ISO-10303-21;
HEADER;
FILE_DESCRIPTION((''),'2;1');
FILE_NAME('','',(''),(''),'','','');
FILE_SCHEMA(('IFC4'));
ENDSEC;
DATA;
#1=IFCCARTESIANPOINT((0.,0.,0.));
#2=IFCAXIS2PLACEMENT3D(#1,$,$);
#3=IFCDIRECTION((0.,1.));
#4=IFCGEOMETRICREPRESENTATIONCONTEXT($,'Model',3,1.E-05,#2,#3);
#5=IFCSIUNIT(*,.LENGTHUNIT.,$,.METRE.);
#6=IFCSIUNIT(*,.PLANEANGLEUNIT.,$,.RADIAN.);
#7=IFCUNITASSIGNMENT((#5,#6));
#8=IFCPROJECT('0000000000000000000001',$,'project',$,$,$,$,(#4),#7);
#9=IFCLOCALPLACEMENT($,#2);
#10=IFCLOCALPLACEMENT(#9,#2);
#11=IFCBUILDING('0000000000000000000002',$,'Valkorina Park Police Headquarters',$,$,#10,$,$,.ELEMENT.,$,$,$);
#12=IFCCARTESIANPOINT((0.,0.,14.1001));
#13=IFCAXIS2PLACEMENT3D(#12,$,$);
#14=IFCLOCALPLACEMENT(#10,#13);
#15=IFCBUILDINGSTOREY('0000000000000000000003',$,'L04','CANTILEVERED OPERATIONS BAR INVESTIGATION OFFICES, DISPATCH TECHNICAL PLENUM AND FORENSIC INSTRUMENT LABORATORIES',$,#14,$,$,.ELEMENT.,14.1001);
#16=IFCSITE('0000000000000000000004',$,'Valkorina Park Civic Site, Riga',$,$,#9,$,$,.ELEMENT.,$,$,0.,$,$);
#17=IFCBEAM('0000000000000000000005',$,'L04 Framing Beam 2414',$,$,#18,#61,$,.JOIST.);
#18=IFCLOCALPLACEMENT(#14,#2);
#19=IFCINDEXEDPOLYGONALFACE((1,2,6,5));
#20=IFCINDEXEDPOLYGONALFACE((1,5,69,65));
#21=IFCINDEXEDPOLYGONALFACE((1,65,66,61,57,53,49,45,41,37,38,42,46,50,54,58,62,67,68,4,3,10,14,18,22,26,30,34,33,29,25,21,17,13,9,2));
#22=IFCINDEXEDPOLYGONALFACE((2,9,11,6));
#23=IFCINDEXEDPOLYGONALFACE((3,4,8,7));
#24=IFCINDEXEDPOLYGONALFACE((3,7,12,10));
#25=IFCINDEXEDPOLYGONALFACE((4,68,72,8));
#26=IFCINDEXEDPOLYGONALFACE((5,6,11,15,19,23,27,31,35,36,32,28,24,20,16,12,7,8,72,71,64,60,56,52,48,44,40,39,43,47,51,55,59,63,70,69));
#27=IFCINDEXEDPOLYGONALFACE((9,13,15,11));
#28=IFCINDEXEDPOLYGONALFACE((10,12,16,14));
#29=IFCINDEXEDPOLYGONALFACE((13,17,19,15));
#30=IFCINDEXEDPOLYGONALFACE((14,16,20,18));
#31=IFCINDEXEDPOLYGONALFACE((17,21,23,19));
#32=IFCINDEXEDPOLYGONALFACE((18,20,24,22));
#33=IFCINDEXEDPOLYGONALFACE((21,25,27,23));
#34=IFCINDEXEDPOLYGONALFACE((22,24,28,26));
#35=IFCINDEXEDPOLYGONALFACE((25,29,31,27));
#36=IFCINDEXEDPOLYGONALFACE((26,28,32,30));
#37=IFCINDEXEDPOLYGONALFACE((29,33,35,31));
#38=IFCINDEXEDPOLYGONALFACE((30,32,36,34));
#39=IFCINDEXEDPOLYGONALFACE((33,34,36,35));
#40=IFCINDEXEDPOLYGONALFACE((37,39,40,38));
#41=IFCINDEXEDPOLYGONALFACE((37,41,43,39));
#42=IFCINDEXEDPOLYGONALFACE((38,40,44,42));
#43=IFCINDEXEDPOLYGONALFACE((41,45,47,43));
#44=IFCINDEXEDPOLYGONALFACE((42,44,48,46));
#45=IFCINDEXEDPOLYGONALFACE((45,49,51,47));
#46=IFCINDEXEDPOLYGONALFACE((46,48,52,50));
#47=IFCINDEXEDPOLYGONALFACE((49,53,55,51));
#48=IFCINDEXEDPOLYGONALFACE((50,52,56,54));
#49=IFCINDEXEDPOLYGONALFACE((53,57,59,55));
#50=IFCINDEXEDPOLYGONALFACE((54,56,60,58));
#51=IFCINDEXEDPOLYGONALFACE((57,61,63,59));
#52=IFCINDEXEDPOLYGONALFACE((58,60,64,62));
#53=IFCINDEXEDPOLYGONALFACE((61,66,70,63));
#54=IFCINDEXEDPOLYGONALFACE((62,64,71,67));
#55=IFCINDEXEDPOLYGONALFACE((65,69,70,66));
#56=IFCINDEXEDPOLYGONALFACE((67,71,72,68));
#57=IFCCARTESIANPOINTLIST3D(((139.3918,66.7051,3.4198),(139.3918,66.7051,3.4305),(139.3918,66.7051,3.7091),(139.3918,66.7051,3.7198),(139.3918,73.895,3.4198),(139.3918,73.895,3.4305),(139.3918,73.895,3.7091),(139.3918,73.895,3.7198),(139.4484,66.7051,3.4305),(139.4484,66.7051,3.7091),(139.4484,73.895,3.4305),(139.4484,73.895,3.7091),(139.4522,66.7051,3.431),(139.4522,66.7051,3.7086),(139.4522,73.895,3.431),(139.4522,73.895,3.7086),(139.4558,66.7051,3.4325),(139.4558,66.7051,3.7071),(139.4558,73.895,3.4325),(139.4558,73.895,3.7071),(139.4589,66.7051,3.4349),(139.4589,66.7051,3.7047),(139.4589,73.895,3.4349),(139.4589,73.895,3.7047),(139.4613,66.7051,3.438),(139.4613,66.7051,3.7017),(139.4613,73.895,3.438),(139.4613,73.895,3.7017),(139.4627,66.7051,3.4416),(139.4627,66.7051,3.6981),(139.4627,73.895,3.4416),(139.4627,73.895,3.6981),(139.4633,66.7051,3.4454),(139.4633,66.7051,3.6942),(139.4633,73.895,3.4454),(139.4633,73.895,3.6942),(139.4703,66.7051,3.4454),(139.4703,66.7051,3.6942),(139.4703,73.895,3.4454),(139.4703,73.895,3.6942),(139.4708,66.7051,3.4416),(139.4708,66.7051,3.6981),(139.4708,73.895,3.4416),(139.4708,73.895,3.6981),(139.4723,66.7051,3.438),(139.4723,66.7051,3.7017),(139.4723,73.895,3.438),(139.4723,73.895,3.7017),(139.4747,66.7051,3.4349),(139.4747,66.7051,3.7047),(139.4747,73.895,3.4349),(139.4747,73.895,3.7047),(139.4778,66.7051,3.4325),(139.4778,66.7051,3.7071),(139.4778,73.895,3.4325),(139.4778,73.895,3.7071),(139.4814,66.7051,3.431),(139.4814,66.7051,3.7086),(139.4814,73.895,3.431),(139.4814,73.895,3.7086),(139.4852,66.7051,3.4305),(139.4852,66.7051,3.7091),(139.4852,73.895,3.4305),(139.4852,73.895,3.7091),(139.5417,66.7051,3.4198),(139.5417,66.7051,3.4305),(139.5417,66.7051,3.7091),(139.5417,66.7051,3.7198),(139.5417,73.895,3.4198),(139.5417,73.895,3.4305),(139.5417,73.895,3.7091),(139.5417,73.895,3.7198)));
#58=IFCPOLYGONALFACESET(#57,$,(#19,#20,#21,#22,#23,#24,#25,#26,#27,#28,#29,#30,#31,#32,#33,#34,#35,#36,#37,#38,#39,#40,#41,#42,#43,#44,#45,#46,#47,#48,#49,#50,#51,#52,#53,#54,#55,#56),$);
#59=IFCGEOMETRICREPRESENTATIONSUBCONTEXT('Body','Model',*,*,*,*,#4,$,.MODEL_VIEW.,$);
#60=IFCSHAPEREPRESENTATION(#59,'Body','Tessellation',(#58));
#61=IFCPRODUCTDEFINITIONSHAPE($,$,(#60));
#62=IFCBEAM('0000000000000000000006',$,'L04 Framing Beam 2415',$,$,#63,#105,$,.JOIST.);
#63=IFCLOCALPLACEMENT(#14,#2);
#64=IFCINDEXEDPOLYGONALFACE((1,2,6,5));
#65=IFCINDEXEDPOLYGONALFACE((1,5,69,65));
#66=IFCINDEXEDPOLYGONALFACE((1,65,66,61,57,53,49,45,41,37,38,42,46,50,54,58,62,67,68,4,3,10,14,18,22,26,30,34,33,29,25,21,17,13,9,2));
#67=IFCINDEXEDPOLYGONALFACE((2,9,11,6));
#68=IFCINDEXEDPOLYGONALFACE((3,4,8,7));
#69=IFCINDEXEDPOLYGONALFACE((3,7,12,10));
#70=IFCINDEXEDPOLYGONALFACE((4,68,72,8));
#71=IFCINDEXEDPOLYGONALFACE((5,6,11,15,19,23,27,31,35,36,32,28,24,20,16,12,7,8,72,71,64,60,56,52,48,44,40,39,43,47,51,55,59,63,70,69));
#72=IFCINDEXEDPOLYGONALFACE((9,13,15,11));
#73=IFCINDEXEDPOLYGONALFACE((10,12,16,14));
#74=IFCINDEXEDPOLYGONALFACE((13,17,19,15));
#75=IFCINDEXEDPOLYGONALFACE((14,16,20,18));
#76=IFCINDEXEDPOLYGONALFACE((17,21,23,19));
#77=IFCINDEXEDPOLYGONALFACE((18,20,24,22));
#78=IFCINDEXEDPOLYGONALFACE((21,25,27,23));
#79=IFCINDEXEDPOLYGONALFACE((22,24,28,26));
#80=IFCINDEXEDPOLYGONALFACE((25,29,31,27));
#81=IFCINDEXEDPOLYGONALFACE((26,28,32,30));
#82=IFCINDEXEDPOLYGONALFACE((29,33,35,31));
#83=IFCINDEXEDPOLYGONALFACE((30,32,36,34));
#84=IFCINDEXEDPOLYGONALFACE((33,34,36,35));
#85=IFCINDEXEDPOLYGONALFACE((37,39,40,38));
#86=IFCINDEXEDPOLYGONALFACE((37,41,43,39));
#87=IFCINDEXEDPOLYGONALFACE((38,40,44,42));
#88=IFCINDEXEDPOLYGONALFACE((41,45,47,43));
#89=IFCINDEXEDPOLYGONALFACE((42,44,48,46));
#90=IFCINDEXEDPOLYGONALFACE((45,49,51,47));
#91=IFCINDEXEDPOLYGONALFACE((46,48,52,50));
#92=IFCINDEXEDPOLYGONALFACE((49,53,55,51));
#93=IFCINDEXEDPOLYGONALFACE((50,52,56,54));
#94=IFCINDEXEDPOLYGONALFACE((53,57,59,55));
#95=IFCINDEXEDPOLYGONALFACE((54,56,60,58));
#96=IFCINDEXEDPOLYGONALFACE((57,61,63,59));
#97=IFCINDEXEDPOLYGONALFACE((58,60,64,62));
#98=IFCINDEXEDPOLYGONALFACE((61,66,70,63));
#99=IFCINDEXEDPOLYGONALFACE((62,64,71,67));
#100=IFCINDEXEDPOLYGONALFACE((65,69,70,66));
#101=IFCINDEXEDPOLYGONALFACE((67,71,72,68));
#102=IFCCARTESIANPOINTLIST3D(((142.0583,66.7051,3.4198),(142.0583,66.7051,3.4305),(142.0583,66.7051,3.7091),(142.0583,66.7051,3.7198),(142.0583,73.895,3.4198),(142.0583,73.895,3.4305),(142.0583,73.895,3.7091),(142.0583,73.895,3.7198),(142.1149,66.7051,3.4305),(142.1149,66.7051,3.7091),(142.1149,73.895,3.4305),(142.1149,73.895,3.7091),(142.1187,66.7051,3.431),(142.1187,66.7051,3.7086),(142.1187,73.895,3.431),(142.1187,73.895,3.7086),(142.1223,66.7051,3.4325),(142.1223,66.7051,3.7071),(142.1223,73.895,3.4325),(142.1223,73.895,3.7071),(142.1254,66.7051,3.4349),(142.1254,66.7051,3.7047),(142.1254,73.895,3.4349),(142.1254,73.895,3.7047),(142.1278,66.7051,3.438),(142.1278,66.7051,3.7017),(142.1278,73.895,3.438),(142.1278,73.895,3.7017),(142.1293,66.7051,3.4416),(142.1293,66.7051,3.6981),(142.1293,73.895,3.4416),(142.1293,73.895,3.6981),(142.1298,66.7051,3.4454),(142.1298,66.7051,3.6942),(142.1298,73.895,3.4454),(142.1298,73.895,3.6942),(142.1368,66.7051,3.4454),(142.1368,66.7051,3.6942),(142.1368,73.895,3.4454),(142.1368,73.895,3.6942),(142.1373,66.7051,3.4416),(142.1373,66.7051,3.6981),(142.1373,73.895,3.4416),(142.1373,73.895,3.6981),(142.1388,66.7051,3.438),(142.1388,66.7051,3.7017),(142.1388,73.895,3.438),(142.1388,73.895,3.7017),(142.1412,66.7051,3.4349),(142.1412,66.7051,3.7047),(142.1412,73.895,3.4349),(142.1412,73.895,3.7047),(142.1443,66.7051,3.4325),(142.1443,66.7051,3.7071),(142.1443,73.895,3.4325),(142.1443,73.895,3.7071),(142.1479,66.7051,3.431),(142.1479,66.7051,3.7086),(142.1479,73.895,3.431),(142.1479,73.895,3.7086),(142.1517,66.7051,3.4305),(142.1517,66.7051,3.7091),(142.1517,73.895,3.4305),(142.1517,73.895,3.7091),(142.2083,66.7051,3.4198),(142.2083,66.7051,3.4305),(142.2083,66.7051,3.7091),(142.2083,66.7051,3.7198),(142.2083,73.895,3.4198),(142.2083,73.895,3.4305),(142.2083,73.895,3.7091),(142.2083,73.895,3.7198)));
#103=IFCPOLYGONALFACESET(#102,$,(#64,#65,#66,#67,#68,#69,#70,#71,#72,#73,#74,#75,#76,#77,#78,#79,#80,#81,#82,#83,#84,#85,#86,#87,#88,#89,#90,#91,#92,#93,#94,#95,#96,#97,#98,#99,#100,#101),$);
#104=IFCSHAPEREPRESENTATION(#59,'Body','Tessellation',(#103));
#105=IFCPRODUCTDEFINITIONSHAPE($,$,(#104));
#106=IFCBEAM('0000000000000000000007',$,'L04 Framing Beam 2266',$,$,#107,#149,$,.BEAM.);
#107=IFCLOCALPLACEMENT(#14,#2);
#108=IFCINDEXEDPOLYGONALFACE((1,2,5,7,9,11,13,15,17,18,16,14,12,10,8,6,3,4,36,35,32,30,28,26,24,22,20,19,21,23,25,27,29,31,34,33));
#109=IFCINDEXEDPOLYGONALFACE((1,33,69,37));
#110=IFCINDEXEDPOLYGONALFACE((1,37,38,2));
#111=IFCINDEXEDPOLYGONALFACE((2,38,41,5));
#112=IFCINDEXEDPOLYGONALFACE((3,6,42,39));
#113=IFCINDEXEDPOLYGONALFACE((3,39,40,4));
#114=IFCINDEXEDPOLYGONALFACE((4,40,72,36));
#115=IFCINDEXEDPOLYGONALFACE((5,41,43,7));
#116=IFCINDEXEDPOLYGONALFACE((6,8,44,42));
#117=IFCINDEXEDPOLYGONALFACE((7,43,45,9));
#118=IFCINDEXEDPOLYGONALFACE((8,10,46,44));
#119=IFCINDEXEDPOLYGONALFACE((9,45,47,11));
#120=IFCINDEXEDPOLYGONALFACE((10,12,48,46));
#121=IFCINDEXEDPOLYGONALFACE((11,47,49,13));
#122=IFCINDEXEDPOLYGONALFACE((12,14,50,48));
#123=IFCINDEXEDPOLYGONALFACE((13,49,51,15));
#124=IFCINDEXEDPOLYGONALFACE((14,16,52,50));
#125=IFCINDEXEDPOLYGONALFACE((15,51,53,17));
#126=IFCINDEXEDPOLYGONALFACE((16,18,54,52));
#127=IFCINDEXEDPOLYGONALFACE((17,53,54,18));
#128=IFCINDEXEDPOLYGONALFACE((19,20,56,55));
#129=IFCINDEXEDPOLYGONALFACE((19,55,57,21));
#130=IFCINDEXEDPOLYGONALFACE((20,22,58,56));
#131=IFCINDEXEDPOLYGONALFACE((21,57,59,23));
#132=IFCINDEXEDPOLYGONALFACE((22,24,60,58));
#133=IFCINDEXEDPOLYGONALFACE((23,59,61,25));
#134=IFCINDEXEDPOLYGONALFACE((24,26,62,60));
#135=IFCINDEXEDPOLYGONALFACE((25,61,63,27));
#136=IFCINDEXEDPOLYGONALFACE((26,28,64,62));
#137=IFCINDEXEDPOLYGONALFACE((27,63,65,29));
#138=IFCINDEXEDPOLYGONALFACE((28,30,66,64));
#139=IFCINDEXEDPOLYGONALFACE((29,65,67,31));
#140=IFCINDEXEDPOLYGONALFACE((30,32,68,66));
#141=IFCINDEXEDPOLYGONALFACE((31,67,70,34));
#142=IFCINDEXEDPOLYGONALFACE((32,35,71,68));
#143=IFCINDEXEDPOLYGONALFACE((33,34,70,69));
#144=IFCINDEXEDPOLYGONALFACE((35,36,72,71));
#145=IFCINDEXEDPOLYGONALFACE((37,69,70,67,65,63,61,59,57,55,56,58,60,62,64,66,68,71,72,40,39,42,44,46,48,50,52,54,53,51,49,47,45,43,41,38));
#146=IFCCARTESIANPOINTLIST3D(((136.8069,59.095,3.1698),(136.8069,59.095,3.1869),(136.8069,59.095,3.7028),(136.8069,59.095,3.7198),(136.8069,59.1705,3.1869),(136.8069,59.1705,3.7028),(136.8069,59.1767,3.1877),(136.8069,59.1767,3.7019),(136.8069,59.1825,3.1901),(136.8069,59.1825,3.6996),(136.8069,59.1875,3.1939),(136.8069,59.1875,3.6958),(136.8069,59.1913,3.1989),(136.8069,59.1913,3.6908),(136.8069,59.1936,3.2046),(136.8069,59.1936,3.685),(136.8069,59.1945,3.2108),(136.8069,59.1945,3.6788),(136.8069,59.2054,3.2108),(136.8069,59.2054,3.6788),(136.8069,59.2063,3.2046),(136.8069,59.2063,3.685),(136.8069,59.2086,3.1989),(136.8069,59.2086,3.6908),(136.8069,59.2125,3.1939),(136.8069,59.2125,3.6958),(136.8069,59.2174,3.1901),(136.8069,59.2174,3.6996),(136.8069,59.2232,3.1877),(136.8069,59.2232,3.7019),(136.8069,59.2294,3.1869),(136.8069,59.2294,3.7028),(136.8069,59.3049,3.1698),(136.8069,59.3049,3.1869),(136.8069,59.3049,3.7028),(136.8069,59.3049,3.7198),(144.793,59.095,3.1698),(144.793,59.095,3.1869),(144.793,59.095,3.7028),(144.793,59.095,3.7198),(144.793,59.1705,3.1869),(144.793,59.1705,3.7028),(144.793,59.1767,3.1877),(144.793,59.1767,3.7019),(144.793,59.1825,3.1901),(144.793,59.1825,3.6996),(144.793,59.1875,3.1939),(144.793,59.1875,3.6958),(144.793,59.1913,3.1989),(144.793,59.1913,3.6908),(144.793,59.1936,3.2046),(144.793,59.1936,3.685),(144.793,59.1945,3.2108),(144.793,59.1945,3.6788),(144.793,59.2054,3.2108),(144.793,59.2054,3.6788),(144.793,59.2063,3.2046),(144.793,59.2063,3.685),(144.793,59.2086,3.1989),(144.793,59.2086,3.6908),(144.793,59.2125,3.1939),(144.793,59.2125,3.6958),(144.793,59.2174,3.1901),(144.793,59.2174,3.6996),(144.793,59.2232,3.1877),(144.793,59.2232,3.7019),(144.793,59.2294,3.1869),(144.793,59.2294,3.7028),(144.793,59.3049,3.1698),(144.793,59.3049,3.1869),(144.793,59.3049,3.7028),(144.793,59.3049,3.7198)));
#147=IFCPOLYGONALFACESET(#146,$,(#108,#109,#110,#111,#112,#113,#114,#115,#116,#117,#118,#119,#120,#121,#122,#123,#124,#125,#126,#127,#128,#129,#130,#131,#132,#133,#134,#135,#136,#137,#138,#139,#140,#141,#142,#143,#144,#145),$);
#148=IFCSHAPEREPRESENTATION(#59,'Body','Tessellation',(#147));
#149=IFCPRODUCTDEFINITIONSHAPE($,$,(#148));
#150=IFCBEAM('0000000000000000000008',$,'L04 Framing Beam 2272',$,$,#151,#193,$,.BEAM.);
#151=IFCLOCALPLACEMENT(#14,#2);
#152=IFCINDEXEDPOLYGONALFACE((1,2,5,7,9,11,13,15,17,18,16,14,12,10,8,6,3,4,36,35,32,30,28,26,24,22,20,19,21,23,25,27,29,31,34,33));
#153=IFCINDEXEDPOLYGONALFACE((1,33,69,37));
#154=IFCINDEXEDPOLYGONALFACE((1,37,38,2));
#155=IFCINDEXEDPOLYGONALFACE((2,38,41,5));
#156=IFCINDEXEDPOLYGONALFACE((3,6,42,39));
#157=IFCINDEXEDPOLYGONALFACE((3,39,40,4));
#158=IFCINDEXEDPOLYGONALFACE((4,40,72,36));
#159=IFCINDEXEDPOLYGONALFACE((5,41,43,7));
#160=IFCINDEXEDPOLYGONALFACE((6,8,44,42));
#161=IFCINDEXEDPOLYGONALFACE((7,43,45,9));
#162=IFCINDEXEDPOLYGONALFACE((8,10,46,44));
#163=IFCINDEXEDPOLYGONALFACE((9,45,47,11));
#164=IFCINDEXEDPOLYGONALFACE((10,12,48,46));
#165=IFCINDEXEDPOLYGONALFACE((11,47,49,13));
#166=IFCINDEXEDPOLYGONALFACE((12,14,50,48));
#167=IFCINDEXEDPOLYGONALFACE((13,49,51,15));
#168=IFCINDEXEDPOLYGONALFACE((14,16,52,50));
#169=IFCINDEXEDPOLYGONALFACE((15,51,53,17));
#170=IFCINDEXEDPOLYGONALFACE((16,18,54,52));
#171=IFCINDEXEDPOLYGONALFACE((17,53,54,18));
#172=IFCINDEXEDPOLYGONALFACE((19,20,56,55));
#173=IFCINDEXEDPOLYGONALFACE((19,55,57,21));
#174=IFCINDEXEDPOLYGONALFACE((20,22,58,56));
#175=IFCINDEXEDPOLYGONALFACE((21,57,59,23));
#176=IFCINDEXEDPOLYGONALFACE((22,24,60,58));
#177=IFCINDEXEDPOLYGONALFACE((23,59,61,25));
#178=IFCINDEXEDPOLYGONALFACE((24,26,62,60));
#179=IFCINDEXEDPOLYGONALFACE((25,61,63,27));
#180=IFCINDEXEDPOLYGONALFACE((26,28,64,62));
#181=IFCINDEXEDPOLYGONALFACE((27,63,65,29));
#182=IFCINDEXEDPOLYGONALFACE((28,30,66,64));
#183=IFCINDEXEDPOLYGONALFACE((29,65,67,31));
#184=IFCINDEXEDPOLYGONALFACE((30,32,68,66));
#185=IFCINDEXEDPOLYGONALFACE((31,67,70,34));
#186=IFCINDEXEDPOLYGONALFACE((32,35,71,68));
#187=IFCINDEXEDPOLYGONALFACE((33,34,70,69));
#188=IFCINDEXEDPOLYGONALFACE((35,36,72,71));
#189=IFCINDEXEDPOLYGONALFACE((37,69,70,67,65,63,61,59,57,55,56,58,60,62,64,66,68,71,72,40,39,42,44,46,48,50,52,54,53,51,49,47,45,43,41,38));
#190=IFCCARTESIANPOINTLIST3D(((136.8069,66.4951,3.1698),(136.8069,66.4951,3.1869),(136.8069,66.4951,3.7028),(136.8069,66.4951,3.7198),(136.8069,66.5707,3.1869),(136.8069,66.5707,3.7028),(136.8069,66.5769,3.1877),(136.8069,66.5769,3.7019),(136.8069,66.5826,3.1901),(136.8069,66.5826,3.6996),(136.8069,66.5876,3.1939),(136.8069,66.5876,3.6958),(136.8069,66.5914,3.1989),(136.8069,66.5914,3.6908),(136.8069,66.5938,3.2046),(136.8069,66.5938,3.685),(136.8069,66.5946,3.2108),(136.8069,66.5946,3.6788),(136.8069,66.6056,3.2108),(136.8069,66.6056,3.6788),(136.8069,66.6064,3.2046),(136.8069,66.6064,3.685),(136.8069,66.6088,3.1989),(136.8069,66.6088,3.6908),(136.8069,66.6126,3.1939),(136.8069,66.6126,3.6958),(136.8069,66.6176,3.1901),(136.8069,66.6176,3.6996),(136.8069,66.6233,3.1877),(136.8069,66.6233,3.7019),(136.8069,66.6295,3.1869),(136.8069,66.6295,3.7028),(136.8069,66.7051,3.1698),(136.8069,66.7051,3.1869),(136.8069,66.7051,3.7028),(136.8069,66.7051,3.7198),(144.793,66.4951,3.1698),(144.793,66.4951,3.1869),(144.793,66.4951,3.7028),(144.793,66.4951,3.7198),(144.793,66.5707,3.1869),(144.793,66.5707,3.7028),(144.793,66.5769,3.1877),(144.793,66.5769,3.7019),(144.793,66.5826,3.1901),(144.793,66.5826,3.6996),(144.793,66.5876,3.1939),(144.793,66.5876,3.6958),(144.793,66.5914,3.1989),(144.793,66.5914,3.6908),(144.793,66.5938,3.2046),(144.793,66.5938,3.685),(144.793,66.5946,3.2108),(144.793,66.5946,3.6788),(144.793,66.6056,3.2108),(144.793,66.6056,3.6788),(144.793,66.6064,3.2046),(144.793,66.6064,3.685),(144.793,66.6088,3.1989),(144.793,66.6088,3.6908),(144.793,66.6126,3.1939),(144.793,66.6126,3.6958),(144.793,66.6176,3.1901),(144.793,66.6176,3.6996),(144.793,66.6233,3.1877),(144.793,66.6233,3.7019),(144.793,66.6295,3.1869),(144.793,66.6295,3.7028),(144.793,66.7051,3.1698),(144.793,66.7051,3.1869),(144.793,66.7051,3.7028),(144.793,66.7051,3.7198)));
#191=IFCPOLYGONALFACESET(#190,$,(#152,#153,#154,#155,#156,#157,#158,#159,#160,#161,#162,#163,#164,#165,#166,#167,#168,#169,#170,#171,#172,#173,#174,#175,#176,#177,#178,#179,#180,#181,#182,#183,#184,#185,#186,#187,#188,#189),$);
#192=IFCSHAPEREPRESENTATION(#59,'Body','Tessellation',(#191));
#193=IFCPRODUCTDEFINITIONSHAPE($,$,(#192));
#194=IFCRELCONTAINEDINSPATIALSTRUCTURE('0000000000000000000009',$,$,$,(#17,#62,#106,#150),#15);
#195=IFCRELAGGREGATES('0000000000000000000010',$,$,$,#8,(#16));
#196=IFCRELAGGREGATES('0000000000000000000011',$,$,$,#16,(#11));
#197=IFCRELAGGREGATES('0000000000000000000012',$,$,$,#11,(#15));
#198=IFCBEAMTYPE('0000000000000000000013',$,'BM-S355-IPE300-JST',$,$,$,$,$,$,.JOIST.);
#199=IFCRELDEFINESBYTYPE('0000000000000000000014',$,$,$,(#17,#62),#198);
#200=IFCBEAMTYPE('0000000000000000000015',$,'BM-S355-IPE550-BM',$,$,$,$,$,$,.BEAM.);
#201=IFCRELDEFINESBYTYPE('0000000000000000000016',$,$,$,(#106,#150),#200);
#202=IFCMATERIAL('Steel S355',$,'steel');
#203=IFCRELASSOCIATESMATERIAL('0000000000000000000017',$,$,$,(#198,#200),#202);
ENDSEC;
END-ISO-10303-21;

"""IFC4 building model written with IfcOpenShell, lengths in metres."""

from ifc_helpers import new_model, si_unit, direction, frame, origin, origin_2d, place, context, subcontext, project, spatial, i_section, extrude, material, material_profile, profile_set, type_object, element, save


model = new_model("IFC4")

# Units and contexts
model_context = context("Model", 3, precision=1e-05, world=origin(), true_north=direction((0.0, 1.0)))
body_context = subcontext(model_context, "Body", "Model", "MODEL_VIEW")
ifc_project = project(units=[si_unit("LENGTHUNIT", "METRE"), si_unit("PLANEANGLEUNIT", "RADIAN")], contexts=[model_context])

# Site, building, storey
site_placement = place(None, origin())
site = spatial("IfcSite", under=ifc_project, at=site_placement, Name="Valkorina Park Civic Site, Riga", CompositionType="ELEMENT", RefElevation=0.0)
building_placement = place(site_placement, origin())
building = spatial("IfcBuilding", under=site, at=building_placement, Name="Valkorina Park Police Headquarters", CompositionType="ELEMENT")
storey_placement = place(building_placement, frame((0.0, 0.0, 14.1001)))
storey = spatial("IfcBuildingStorey", under=building, at=storey_placement, Name="L04", Description="CANTILEVERED OPERATIONS BAR INVESTIGATION OFFICES, DISPATCH TECHNICAL PLENUM AND FORENSIC INSTRUMENT LABORATORIES", CompositionType="ELEMENT", Elevation=14.1001)

# Shared definitions
ifc_material_1 = material(Name="Steel S355", Category="steel")

# Beams
ifc_material_profile_1 = material_profile(ifc_material_1, i_section(OverallWidth=0.1499, OverallDepth=0.3, WebThickness=0.0071, FlangeThickness=0.0107, FilletRadius=0.0149, at=origin_2d()), Name="IPE 300")
ifc_profile_set_1 = profile_set([ifc_material_profile_1], Name="Steel S355")
beam_type_1 = type_object("IfcBeamType", Name="BM-S355-IPE300-JST", PredefinedType="JOIST", material=ifc_profile_set_1)
for number, where, z_axis, x_axis, name in (
    (1, (139.4668, 66.7051, 3.5698), (0.0, 1.0, 0.0), (-1.0, 0.0, 0.0), "L04 Framing Beam 2414"),
    (2, (142.1333, 66.7051, 3.5698), (0.0, 1.0, 0.0), (-1.0, 0.0, 0.0), "L04 Framing Beam 2415"),
):
    element("IfcBeam", number, at=place(storey_placement, frame(where, z_axis=z_axis, x_axis=x_axis)), inside=storey, type_object=beam_type_1, Name=name, PredefinedType="JOIST", context=body_context, shape_type="SweptSolid", body=[
        extrude(i_section(OverallWidth=0.1499, OverallDepth=0.3, WebThickness=0.0071, FlangeThickness=0.0107, FilletRadius=0.0149, at=origin_2d()), origin(), (0.0, 0.0, 1.0), 7.1899),
    ])
ifc_material_profile_2 = material_profile(ifc_material_1, i_section(OverallWidth=0.21, OverallDepth=0.55, WebThickness=0.011, FlangeThickness=0.0171, FilletRadius=0.0239, at=origin_2d()), Name="IPE 550")
ifc_profile_set_2 = profile_set([ifc_material_profile_2], Name="Steel S355")
beam_type_2 = type_object("IfcBeamType", Name="BM-S355-IPE550-BM", PredefinedType="BEAM", material=ifc_profile_set_2)
for number, where, z_axis, x_axis, name in (
    (3, (136.8069, 59.2, 3.4448), (1.0, 0.0, 0.0), (0.0, 1.0, 0.0), "L04 Framing Beam 2266"),
    (4, (136.8069, 66.6001, 3.4448), (1.0, 0.0, 0.0), (0.0, 1.0, 0.0), "L04 Framing Beam 2272"),
):
    element("IfcBeam", number, at=place(storey_placement, frame(where, z_axis=z_axis, x_axis=x_axis)), inside=storey, type_object=beam_type_2, Name=name, PredefinedType="BEAM", context=body_context, shape_type="SweptSolid", body=[
        extrude(i_section(OverallWidth=0.21, OverallDepth=0.55, WebThickness=0.011, FlangeThickness=0.0171, FilletRadius=0.0239, at=origin_2d()), origin(), (0.0, 0.0, 1.0), 7.9861),
    ])

save(model, "model.ifc")
